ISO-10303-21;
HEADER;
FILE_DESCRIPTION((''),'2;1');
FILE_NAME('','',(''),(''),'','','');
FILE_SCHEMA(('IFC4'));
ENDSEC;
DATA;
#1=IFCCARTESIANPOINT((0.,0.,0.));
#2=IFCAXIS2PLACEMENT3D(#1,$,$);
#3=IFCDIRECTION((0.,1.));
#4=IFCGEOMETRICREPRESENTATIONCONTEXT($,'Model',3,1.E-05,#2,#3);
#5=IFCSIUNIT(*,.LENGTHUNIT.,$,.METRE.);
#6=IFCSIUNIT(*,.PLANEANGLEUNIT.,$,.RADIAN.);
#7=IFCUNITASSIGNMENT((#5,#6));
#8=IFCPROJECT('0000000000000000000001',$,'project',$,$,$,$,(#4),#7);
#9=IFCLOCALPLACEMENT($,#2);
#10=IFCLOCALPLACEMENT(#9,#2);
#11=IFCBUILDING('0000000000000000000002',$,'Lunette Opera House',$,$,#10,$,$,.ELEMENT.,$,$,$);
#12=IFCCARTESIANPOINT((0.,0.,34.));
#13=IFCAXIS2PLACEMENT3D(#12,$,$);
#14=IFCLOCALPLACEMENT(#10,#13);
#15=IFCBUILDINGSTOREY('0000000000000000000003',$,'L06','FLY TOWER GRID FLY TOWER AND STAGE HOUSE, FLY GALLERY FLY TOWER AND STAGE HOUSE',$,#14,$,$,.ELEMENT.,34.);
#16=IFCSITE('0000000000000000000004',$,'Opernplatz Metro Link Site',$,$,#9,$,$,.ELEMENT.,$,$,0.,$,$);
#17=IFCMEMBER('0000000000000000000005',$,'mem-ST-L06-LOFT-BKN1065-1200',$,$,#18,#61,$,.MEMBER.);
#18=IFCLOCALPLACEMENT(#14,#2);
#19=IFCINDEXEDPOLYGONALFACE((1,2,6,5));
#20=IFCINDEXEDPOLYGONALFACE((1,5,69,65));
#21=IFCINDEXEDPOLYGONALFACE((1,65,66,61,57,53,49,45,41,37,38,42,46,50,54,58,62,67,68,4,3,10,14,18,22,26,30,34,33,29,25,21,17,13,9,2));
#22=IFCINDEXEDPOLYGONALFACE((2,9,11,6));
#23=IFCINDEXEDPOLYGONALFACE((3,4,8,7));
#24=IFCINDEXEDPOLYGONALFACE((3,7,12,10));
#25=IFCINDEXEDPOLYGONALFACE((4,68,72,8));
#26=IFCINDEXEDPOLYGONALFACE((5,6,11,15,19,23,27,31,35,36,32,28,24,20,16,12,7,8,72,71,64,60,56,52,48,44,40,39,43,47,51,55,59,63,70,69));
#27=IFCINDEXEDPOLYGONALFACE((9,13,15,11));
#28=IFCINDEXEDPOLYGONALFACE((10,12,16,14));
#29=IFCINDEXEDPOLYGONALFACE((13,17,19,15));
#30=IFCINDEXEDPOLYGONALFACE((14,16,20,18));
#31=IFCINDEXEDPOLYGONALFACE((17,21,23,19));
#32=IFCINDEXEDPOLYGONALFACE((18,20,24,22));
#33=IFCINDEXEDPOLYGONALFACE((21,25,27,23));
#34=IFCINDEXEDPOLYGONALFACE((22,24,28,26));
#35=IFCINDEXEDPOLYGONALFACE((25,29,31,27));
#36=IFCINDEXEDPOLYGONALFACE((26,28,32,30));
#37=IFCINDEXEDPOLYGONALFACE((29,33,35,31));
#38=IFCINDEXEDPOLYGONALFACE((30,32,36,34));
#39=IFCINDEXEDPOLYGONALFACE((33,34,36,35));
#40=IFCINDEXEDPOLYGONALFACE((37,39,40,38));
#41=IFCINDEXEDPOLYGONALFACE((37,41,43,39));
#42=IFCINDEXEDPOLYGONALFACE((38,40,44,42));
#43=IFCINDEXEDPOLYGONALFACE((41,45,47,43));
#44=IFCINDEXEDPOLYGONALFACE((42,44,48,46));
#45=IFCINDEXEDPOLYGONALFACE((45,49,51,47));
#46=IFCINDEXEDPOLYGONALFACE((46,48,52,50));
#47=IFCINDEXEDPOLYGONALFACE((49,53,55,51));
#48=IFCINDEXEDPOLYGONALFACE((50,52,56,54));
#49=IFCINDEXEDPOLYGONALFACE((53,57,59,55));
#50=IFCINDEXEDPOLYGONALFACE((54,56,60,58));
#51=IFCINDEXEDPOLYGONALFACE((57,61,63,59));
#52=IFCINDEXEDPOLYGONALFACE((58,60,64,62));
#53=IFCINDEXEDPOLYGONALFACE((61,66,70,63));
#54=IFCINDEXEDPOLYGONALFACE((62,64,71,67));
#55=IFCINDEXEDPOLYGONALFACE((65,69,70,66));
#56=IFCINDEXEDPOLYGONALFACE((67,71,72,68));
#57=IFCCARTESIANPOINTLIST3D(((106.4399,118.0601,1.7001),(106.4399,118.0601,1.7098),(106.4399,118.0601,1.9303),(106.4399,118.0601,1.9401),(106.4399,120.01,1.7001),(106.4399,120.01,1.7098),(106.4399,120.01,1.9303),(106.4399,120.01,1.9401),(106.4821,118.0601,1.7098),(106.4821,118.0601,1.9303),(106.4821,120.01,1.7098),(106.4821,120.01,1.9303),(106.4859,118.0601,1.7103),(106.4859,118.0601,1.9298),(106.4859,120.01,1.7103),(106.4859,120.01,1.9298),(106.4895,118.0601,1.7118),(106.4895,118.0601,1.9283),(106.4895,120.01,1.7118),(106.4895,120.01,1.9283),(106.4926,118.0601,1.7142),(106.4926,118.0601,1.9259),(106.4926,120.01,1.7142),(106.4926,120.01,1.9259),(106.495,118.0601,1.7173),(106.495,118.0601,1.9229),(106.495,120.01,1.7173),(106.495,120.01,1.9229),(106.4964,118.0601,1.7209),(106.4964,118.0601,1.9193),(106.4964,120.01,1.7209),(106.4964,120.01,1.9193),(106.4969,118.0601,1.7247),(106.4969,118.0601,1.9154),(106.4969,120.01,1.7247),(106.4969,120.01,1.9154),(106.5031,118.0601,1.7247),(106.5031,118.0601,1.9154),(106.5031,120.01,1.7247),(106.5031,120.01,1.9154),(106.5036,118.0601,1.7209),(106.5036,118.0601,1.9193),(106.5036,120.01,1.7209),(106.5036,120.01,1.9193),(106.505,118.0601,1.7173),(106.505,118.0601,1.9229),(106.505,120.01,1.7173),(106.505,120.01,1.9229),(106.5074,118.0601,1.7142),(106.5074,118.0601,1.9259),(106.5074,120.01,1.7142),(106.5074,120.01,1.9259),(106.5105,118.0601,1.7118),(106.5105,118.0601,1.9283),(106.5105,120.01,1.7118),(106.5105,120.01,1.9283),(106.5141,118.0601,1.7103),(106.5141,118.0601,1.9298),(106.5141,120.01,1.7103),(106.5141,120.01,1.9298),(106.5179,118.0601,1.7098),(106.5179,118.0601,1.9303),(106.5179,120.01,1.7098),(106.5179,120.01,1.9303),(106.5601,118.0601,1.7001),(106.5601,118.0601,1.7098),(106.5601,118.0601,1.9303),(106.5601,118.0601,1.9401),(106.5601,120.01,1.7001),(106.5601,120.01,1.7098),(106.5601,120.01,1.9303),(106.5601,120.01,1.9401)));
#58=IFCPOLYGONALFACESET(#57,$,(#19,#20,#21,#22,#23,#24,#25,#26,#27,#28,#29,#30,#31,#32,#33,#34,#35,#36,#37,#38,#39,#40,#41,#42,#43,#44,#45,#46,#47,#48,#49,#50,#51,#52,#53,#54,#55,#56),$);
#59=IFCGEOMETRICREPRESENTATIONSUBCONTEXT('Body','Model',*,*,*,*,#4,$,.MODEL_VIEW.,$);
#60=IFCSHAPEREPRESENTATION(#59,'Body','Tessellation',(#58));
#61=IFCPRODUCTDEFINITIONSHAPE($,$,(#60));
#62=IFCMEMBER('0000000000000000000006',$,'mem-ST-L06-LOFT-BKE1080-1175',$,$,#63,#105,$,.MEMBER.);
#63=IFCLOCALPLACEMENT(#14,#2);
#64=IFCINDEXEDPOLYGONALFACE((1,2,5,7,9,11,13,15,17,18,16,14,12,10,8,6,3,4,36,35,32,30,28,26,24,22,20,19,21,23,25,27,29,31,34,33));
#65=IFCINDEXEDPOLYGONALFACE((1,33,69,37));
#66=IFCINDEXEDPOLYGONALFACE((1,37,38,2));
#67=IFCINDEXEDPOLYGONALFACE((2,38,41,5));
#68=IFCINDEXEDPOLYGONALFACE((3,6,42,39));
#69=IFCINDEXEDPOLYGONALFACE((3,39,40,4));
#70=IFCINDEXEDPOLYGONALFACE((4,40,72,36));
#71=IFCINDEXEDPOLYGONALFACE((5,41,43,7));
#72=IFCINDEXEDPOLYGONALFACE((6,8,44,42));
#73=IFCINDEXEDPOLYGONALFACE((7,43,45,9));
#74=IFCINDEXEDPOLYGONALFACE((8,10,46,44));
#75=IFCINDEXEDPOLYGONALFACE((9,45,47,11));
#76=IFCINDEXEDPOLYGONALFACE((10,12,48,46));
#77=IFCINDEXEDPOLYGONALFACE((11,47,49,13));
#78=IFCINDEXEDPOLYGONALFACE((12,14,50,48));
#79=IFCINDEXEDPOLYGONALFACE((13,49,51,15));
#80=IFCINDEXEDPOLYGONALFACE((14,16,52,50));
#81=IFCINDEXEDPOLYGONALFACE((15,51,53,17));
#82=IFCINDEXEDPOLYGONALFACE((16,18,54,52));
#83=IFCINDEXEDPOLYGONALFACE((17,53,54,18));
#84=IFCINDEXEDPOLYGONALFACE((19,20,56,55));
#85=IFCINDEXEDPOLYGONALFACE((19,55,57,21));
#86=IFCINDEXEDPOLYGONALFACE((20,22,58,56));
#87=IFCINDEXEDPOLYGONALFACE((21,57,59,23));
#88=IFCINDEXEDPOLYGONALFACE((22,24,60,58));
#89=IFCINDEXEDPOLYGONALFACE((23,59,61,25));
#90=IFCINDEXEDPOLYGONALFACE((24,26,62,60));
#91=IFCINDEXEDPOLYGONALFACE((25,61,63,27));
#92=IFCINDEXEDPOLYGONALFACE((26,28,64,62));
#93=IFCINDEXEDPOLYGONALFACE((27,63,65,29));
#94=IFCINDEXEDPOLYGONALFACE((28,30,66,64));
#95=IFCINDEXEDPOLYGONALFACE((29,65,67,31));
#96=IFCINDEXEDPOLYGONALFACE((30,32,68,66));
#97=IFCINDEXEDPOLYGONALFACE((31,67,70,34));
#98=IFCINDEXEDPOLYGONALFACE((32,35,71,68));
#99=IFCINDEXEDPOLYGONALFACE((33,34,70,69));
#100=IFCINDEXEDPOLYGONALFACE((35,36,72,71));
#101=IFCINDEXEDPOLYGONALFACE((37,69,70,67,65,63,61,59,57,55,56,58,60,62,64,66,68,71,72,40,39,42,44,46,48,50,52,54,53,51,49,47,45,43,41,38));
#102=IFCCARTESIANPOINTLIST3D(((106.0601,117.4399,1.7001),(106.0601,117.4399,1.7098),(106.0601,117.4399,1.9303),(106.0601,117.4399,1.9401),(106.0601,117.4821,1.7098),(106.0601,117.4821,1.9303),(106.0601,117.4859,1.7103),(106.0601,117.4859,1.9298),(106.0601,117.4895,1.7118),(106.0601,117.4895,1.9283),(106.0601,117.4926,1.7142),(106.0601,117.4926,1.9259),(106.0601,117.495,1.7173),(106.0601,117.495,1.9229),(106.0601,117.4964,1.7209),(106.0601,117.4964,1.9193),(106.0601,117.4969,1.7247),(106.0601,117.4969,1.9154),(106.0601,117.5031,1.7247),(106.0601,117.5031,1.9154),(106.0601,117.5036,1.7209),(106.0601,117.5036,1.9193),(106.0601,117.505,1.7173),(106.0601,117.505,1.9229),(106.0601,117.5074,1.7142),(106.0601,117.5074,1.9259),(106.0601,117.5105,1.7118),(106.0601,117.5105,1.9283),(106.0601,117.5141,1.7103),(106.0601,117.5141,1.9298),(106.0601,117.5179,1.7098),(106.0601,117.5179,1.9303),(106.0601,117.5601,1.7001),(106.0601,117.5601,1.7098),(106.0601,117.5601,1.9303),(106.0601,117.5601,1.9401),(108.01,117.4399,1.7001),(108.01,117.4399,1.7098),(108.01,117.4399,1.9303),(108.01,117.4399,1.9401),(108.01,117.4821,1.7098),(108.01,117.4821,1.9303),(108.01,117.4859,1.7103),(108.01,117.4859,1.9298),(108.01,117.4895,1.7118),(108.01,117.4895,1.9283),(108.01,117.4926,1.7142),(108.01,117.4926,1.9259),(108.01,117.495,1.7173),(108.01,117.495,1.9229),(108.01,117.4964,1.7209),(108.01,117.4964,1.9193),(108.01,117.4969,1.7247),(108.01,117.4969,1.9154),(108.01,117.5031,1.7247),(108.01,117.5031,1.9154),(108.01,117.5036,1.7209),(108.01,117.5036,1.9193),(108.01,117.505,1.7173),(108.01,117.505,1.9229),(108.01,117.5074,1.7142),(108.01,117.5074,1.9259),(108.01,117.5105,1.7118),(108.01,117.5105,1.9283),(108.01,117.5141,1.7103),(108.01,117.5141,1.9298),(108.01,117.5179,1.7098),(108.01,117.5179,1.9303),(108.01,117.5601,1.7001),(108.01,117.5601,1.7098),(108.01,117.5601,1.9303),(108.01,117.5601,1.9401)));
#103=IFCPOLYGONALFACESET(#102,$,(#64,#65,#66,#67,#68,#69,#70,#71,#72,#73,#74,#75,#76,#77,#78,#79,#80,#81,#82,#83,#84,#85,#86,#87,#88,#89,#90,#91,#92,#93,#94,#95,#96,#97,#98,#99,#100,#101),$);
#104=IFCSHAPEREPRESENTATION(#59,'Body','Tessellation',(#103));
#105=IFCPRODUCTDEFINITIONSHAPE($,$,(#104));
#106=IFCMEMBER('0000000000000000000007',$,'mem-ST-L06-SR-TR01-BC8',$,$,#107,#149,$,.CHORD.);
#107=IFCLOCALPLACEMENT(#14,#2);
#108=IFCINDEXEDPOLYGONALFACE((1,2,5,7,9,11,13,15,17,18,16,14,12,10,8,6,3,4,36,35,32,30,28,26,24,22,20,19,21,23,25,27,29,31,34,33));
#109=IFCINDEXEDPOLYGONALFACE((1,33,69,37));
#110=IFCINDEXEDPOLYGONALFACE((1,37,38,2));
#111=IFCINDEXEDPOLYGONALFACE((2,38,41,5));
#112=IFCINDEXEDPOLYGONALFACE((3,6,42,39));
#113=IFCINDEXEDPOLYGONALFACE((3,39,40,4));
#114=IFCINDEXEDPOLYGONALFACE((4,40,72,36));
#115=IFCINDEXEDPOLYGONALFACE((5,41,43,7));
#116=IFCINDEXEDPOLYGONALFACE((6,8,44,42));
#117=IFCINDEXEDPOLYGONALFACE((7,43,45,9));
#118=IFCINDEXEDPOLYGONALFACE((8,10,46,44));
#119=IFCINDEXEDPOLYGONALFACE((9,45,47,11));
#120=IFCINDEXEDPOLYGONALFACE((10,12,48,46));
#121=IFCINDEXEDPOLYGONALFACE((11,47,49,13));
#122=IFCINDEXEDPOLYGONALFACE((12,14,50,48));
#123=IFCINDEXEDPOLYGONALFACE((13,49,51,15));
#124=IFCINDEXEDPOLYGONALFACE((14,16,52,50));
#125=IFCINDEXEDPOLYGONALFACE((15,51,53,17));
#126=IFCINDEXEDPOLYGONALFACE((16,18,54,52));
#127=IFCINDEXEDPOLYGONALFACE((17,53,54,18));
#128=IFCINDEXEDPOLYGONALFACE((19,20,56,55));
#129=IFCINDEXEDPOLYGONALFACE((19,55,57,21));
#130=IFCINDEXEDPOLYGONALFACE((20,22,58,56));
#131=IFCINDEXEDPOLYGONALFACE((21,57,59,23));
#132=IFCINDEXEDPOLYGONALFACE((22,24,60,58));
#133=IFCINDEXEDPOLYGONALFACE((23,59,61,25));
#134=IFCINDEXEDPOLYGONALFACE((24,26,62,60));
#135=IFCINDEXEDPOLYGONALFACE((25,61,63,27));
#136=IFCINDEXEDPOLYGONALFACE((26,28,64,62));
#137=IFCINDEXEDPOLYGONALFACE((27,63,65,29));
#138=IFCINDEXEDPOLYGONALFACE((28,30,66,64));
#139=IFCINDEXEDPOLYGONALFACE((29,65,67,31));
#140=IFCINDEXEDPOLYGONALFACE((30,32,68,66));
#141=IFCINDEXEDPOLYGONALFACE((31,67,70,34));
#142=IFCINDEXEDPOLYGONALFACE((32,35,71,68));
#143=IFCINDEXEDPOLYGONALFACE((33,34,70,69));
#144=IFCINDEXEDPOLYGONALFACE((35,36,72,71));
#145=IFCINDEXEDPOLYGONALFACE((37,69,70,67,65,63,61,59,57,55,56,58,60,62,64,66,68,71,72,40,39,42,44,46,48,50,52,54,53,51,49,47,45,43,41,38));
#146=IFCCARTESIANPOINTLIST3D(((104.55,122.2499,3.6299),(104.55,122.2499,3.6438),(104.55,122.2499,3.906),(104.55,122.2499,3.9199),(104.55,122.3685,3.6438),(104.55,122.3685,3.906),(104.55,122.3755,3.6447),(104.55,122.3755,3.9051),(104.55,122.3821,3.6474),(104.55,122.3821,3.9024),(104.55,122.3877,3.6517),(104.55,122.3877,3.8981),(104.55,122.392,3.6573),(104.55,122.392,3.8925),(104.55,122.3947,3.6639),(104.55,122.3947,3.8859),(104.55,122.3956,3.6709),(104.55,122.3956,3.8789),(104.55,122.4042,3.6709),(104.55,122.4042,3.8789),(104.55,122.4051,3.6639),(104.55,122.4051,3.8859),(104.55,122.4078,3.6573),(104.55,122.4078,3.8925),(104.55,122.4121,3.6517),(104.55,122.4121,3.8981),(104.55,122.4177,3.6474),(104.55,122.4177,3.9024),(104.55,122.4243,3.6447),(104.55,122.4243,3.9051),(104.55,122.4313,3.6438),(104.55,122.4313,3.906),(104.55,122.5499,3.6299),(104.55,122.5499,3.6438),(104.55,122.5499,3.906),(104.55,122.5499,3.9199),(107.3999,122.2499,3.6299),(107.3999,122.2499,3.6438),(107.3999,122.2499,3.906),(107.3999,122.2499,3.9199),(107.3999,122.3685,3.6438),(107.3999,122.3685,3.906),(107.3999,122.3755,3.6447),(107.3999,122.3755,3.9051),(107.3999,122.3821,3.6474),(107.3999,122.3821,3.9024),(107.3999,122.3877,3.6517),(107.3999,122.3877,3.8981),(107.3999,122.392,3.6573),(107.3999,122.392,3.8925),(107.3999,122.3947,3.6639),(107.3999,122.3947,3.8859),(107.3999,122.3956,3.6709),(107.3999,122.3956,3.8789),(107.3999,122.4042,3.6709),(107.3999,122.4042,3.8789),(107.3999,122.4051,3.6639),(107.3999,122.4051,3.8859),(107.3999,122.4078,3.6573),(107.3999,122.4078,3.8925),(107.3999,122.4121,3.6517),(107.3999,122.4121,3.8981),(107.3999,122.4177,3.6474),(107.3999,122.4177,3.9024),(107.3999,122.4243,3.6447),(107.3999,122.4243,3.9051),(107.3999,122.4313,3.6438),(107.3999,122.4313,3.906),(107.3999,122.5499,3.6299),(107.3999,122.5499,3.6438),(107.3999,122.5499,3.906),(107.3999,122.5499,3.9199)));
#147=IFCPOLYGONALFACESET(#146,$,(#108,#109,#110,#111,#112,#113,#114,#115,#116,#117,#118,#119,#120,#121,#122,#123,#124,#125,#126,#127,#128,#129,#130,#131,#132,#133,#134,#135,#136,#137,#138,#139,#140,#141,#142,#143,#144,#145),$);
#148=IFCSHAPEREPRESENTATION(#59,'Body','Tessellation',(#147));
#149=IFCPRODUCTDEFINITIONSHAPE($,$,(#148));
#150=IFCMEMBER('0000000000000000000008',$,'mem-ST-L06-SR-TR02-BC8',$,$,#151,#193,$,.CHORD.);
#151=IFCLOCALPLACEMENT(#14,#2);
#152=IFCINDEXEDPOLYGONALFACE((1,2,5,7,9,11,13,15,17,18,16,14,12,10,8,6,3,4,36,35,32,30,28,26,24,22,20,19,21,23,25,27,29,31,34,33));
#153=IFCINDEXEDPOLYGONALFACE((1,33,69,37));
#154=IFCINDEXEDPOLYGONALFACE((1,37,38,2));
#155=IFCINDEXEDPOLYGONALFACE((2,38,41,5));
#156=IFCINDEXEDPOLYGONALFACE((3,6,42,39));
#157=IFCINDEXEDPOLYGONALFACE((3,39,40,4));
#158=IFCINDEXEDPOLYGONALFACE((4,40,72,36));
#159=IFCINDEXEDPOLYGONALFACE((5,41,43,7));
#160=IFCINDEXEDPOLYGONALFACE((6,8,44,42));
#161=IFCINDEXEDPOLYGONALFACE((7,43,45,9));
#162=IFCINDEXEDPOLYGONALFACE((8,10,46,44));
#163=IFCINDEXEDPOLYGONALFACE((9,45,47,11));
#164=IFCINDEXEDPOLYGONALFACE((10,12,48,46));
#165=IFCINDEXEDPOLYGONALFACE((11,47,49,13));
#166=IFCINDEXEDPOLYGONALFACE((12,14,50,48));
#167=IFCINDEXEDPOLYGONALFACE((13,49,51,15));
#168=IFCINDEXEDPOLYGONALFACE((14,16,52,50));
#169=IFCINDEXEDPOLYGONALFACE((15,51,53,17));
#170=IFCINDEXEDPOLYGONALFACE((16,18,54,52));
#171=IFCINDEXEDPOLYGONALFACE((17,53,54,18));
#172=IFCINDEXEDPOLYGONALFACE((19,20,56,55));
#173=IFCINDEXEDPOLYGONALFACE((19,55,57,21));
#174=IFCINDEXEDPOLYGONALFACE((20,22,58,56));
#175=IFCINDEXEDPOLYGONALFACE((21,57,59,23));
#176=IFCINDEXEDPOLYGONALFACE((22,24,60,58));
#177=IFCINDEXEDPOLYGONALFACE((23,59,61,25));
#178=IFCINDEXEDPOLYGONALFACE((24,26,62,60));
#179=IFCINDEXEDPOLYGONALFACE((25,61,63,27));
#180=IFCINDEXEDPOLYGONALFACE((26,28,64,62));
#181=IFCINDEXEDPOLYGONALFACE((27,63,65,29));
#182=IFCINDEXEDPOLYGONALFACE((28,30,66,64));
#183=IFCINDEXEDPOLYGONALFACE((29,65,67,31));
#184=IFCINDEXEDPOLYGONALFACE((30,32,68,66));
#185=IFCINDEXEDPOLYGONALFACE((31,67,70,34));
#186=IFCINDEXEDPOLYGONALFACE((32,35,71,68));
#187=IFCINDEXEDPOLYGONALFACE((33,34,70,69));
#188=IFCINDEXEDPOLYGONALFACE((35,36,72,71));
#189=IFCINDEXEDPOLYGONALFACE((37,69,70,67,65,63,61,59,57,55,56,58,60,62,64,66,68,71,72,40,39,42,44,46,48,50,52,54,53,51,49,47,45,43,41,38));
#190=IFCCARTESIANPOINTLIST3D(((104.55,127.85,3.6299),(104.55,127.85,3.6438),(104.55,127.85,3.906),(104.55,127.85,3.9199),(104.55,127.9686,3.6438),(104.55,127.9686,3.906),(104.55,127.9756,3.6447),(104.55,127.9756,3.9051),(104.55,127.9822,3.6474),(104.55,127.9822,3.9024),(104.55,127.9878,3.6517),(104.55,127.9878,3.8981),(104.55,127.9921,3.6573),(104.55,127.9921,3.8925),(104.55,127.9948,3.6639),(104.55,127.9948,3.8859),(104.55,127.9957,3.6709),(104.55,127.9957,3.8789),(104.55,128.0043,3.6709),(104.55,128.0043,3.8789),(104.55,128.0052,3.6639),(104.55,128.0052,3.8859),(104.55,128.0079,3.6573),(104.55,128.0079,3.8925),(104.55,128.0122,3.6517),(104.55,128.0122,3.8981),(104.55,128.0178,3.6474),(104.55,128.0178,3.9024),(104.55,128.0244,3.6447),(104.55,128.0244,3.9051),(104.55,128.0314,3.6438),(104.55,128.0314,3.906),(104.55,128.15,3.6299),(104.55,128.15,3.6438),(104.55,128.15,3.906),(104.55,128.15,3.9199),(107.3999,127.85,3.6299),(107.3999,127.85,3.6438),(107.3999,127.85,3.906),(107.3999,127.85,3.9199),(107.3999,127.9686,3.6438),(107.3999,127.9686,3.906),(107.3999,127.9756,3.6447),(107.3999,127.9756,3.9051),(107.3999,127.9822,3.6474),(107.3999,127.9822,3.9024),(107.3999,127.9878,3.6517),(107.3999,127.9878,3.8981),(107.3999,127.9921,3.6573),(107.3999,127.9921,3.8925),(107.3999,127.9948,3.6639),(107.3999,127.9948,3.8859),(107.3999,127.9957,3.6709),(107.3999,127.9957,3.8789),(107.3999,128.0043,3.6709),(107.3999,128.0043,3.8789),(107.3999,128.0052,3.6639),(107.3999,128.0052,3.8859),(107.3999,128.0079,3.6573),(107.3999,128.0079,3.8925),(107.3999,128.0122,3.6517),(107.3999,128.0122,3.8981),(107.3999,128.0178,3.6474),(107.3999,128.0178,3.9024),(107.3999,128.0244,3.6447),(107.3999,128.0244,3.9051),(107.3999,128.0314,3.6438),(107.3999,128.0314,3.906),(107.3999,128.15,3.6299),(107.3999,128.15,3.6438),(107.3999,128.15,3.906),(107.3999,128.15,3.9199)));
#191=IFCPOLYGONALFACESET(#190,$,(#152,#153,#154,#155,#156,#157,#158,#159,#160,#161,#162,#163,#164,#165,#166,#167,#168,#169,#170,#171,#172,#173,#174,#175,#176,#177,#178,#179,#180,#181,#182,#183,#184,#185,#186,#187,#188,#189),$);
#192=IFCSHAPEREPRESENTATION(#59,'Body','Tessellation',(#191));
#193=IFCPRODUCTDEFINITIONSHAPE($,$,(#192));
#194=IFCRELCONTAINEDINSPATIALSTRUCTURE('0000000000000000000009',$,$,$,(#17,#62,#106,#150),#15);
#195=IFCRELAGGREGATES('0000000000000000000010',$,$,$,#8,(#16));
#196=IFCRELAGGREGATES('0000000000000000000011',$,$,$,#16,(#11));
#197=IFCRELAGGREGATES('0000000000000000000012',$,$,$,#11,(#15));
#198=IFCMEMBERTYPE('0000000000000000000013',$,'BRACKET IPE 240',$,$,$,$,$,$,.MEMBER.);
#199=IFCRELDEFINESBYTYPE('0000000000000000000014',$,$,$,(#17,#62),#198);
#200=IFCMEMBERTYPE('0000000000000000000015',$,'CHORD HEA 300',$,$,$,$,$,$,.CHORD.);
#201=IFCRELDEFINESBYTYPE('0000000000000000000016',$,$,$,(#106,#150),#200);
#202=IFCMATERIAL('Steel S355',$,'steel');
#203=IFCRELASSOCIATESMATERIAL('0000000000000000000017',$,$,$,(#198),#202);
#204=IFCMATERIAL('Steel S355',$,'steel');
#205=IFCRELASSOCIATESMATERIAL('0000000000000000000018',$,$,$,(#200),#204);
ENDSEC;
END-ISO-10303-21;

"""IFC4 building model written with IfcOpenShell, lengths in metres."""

from ifc_helpers import new_model, si_unit, direction, frame, origin, origin_2d, place, context, subcontext, project, spatial, i_section, extrude, material, material_profile, profile_set, type_object, element, save


model = new_model("IFC4")

# Units and contexts
model_context = context("Model", 3, precision=1e-05, world=origin(), true_north=direction((0.0, 1.0)))
body_context = subcontext(model_context, "Body", "Model", "MODEL_VIEW")
ifc_project = project(units=[si_unit("LENGTHUNIT", "METRE"), si_unit("PLANEANGLEUNIT", "RADIAN")], contexts=[model_context])

# Site, building, storey
site_placement = place(None, origin())
site = spatial("IfcSite", under=ifc_project, at=site_placement, Name="Opernplatz Metro Link Site", CompositionType="ELEMENT", RefElevation=0.0)
building_placement = place(site_placement, origin())
building = spatial("IfcBuilding", under=site, at=building_placement, Name="Lunette Opera House", CompositionType="ELEMENT")
storey_placement = place(building_placement, frame((0.0, 0.0, 34.0)))
storey = spatial("IfcBuildingStorey", under=building, at=storey_placement, Name="L06", Description="FLY TOWER GRID FLY TOWER AND STAGE HOUSE, FLY GALLERY FLY TOWER AND STAGE HOUSE", CompositionType="ELEMENT", Elevation=34.0)

# Members
ifc_material_1 = material(Name="Steel S355", Category="steel")
ifc_material_profile_1 = material_profile(ifc_material_1, i_section(OverallWidth=0.1201, OverallDepth=0.24, WebThickness=0.0061, FlangeThickness=0.0098, FilletRadius=0.0149, at=origin_2d()), Name="IPE 240")
ifc_profile_set_1 = profile_set([ifc_material_profile_1], Name="Steel S355")
member_type_1 = type_object("IfcMemberType", Name="BRACKET IPE 240", PredefinedType="MEMBER", material=ifc_profile_set_1)
for number, where, z_axis, x_axis, name in (
    (1, (106.5, 120.01, 1.8201), (0.0, -1.0, 0.0), (1.0, 0.0, 0.0), "mem-ST-L06-LOFT-BKN1065-1200"),
    (2, (108.01, 117.5, 1.8201), (-1.0, 0.0, 0.0), (0.0, -1.0, 0.0), "mem-ST-L06-LOFT-BKE1080-1175"),
):
    element("IfcMember", number, at=place(storey_placement, frame(where, z_axis=z_axis, x_axis=x_axis)), inside=storey, type_object=member_type_1, Name=name, PredefinedType="MEMBER", context=body_context, shape_type="SweptSolid", body=[
        extrude(i_section(OverallWidth=0.1201, OverallDepth=0.24, WebThickness=0.0061, FlangeThickness=0.0098, FilletRadius=0.0149, at=origin_2d()), origin(), (0.0, 0.0, 1.0), 1.95),
    ])
ifc_material_2 = material(Name="Steel S355", Category="steel")
ifc_material_profile_2 = material_profile(ifc_material_2, i_section(OverallWidth=0.3, OverallDepth=0.29, WebThickness=0.0085, FlangeThickness=0.0139, FilletRadius=0.0271, at=origin_2d()), Name="HEA 300")
ifc_profile_set_2 = profile_set([ifc_material_profile_2], Name="Steel S355")
member_type_2 = type_object("IfcMemberType", Name="CHORD HEA 300", PredefinedType="CHORD", material=ifc_profile_set_2)
for number, where, z_axis, x_axis, name in (
    (3, (104.55, 122.3999, 3.7749), (1.0, 0.0, 0.0), (0.0, 1.0, 0.0), "mem-ST-L06-SR-TR01-BC8"),
    (4, (104.55, 128.0, 3.7749), (1.0, 0.0, 0.0), (0.0, 1.0, 0.0), "mem-ST-L06-SR-TR02-BC8"),
):
    element("IfcMember", number, at=place(storey_placement, frame(where, z_axis=z_axis, x_axis=x_axis)), inside=storey, type_object=member_type_2, Name=name, PredefinedType="CHORD", context=body_context, shape_type="SweptSolid", body=[
        extrude(i_section(OverallWidth=0.3, OverallDepth=0.29, WebThickness=0.0085, FlangeThickness=0.0139, FilletRadius=0.0271, at=origin_2d()), origin(), (0.0, 0.0, 1.0), 2.8499),
    ])

save(model, "model.ifc")
